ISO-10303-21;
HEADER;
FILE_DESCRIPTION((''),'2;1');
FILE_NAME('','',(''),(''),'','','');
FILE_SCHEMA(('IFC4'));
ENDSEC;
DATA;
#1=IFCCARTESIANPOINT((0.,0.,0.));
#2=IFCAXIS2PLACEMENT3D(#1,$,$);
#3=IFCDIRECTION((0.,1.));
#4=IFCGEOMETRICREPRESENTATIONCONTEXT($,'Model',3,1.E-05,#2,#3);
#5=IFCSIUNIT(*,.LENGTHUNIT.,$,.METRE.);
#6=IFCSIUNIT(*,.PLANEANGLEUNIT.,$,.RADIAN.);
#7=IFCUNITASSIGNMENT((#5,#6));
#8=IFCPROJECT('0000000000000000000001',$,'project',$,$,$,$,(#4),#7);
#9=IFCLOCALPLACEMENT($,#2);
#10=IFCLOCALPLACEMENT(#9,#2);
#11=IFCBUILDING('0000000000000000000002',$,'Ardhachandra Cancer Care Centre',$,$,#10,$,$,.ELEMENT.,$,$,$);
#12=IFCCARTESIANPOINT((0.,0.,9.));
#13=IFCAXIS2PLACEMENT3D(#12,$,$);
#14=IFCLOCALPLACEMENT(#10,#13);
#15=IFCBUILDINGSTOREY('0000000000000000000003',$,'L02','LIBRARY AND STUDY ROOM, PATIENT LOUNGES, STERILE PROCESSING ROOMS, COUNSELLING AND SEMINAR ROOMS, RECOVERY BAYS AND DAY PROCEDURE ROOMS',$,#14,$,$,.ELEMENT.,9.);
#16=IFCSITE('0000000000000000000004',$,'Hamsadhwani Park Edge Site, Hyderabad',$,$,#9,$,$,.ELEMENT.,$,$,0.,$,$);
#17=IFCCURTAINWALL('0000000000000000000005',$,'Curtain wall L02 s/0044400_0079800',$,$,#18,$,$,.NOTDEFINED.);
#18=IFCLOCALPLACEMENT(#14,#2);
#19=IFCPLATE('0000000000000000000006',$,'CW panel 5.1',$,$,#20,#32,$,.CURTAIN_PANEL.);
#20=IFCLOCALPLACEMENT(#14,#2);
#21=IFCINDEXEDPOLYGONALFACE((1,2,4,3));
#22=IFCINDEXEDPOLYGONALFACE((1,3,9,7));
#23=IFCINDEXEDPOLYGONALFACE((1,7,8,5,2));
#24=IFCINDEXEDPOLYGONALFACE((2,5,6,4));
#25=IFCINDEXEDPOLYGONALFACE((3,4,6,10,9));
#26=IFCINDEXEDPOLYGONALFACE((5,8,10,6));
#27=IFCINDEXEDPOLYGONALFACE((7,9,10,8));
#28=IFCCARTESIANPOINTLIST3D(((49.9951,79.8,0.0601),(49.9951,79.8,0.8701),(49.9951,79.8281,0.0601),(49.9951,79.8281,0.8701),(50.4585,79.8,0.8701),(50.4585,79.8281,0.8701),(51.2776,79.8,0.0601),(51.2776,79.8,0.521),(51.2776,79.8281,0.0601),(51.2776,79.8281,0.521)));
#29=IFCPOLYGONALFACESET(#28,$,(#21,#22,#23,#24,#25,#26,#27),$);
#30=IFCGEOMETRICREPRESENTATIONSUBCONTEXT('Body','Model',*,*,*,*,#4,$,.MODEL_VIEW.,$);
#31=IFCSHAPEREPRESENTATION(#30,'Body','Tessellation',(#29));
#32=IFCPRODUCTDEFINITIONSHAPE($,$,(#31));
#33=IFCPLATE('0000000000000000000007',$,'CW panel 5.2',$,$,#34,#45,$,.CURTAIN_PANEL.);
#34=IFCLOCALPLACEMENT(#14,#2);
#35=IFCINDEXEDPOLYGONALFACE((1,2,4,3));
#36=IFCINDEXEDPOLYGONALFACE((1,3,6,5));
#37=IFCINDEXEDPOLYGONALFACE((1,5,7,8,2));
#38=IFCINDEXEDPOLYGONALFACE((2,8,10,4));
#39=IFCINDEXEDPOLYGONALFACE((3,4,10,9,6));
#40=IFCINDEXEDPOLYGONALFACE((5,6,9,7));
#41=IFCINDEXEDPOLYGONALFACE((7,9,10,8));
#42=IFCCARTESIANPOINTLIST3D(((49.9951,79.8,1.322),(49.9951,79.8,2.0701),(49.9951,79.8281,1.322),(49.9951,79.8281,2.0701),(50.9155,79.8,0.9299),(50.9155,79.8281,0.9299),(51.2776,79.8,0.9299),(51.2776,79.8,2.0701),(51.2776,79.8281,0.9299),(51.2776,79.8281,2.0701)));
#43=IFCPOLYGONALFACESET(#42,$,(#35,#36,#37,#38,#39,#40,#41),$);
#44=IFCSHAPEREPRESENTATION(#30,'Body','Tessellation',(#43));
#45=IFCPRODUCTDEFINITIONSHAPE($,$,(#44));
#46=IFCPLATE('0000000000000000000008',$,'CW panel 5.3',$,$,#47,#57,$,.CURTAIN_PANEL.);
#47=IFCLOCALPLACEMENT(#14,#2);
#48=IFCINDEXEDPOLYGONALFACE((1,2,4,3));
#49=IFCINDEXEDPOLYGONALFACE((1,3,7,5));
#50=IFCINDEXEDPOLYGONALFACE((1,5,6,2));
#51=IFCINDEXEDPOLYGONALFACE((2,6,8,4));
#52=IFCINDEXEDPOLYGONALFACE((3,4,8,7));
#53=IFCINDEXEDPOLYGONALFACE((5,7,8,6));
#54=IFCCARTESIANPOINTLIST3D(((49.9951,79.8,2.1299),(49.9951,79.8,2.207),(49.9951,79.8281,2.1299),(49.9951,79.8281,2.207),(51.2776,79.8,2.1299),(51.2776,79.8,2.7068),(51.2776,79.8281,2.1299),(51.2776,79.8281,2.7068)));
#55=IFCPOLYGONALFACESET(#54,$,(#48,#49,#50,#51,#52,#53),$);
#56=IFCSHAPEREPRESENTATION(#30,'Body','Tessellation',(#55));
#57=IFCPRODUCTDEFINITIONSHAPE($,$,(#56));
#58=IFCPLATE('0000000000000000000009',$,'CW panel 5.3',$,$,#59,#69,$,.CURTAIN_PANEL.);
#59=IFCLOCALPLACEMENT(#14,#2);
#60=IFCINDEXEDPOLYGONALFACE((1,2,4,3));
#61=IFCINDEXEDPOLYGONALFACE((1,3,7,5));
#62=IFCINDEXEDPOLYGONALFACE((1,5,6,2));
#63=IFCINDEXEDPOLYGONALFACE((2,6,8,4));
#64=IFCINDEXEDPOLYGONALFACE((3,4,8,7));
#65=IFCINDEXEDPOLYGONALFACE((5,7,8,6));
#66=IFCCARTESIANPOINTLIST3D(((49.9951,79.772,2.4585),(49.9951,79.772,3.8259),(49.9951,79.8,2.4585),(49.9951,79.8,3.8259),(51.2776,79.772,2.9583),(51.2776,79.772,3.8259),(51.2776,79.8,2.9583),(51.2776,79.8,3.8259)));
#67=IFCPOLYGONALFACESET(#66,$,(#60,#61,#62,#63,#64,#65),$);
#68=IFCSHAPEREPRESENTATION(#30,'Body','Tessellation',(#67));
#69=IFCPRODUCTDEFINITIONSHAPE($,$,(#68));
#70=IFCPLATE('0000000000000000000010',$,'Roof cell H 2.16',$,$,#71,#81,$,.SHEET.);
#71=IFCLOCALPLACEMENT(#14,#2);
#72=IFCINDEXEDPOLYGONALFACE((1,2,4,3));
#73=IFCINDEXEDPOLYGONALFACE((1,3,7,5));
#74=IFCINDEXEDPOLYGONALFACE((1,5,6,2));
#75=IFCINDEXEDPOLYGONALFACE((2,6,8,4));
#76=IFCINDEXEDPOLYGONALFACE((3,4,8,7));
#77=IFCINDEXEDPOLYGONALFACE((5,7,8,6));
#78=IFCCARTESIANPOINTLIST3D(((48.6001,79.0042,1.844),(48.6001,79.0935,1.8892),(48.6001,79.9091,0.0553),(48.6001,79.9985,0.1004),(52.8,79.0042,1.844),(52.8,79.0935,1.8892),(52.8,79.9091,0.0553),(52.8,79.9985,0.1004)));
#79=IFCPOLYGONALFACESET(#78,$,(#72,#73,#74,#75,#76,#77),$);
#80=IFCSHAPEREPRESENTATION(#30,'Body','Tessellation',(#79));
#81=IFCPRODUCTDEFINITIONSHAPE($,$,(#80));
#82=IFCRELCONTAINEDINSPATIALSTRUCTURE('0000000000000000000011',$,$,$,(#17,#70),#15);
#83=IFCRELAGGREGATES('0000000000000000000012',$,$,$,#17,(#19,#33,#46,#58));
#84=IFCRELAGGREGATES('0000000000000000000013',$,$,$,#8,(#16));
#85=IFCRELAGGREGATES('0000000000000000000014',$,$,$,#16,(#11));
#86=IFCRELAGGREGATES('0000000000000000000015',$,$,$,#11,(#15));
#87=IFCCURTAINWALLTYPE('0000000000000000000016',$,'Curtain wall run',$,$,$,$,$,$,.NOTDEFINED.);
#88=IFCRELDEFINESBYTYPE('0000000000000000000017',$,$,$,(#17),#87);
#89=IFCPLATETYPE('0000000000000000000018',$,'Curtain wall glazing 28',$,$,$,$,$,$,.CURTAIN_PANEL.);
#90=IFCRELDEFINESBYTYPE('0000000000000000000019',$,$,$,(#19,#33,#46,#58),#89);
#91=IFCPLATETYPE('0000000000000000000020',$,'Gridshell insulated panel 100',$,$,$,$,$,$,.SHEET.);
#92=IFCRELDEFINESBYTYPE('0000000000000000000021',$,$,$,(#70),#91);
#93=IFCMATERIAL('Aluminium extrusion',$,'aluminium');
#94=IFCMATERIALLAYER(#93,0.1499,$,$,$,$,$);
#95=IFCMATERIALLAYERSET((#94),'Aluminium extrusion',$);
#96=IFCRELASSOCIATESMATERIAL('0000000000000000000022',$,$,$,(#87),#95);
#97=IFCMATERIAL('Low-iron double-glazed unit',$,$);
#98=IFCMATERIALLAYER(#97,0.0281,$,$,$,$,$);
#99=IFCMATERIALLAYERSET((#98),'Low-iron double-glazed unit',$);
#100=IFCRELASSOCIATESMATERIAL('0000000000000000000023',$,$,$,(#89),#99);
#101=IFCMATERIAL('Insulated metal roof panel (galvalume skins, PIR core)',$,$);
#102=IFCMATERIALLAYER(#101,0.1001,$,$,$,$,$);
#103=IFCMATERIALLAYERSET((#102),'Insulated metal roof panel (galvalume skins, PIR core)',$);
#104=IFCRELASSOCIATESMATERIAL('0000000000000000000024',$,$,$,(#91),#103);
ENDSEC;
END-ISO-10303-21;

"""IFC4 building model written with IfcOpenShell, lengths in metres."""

from ifc_helpers import new_model, si_unit, direction, frame, origin, place, context, subcontext, project, spatial, polyline, outline, extrude, material, layer, layer_set, type_object, element, aggregate, save


model = new_model("IFC4")

# Units and contexts
model_context = context("Model", 3, precision=1e-05, world=origin(), true_north=direction((0.0, 1.0)))
body_context = subcontext(model_context, "Body", "Model", "MODEL_VIEW")
ifc_project = project(units=[si_unit("LENGTHUNIT", "METRE"), si_unit("PLANEANGLEUNIT", "RADIAN")], contexts=[model_context])

# Site, building, storey
site_placement = place(None, origin())
site = spatial("IfcSite", under=ifc_project, at=site_placement, Name="Hamsadhwani Park Edge Site, Hyderabad", CompositionType="ELEMENT", RefElevation=0.0)
building_placement = place(site_placement, origin())
building = spatial("IfcBuilding", under=site, at=building_placement, Name="Ardhachandra Cancer Care Centre", CompositionType="ELEMENT")
storey_placement = place(building_placement, frame((0.0, 0.0, 9.0)))
storey = spatial("IfcBuildingStorey", under=building, at=storey_placement, Name="L02", Description="LIBRARY AND STUDY ROOM, PATIENT LOUNGES, STERILE PROCESSING ROOMS, COUNSELLING AND SEMINAR ROOMS, RECOVERY BAYS AND DAY PROCEDURE ROOMS", CompositionType="ELEMENT", Elevation=9.0)

# Curtain wall
ifc_material_1 = material(Name="Aluminium extrusion", Category="aluminium")
ifc_layer_1 = layer(ifc_material_1, 0.1499)
ifc_layer_set_1 = layer_set([ifc_layer_1], Name="Aluminium extrusion")
curtain_wall_type = type_object("IfcCurtainWallType", Name="Curtain wall run", PredefinedType="NOTDEFINED", material=ifc_layer_set_1)
curtain_wall_placement = place(storey_placement, origin())
curtain_wall = element("IfcCurtainWall", 1, at=curtain_wall_placement, inside=storey, type_object=curtain_wall_type, Name="Curtain wall L02 s/0044400_0079800", PredefinedType="NOTDEFINED")

# Plates
ifc_material_2 = material(Name="Low-iron double-glazed unit")
ifc_layer_2 = layer(ifc_material_2, 0.0281)
ifc_layer_set_2 = layer_set([ifc_layer_2], Name="Low-iron double-glazed unit")
plate_type_1 = type_object("IfcPlateType", Name="Curtain wall glazing 28", PredefinedType="CURTAIN_PANEL", material=ifc_layer_set_2)
plate_1_placement = place(storey_placement, frame((51.2776, 79.8, 0.0601), z_axis=(0.0, 1.0, 0.0), x_axis=(-1.0, 0.0, 0.0)))
plate_1 = element("IfcPlate", 2, at=plate_1_placement, type_object=plate_type_1, Name="CW panel 5.1", PredefinedType="CURTAIN_PANEL", context=body_context, shape_type="SweptSolid", body=[
    extrude(outline(polyline([(0.0, 0.0), (1.2825, 0.0), (1.2825, 0.8101), (0.8191, 0.8101), (0.0, 0.4609), (0.0, 0.0)])), origin(), (0.0, 0.0, 1.0), 0.0281),
])
plate_2_placement = place(storey_placement, frame((49.9951, 79.8, 2.0701), z_axis=(0.0, 1.0, 0.0), x_axis=(1.0, 0.0, 0.0)))
plate_2 = element("IfcPlate", 3, at=plate_2_placement, type_object=plate_type_1, Name="CW panel 5.2", PredefinedType="CURTAIN_PANEL", context=body_context, shape_type="SweptSolid", body=[
    extrude(outline(polyline([(0.0, 0.0), (1.2825, 0.0), (1.2825, 1.1401), (0.9204, 1.1401), (0.0, 0.748), (0.0, 0.0)])), origin(), (0.0, 0.0, 1.0), 0.0281),
])
plate_3_placement = place(storey_placement, frame((51.2776, 79.8, 2.1299), z_axis=(0.0, 1.0, 0.0), x_axis=(-1.0, 0.0, 0.0)))
plate_3 = element("IfcPlate", 4, at=plate_3_placement, type_object=plate_type_1, Name="CW panel 5.3", PredefinedType="CURTAIN_PANEL", context=body_context, shape_type="SweptSolid", body=[
    extrude(outline(polyline([(0.0, 0.0), (1.2825, 0.0), (1.2825, 0.0771), (0.0, 0.5769), (0.0, 0.0)])), origin(), (0.0, 0.0, 1.0), 0.0281),
])
plate_4_placement = place(storey_placement, frame((49.9951, 79.8, 3.8259), z_axis=(0.0, 1.0, 0.0), x_axis=(1.0, 0.0, 0.0)))
plate_4 = element("IfcPlate", 5, at=plate_4_placement, type_object=plate_type_1, Name="CW panel 5.3", PredefinedType="CURTAIN_PANEL", context=body_context, shape_type="SweptSolid", body=[
    extrude(outline(polyline([(0.0, 0.0), (1.2825, 0.0), (1.2825, 0.8677), (0.0, 1.3674), (0.0, 0.0)])), frame((0.0, 0.0, -0.0281)), (0.0, 0.0, 1.0), 0.0281),
])
aggregate(curtain_wall, [plate_1, plate_2, plate_3, plate_4])
ifc_material_3 = material(Name="Insulated metal roof panel (galvalume skins, PIR core)")
ifc_layer_3 = layer(ifc_material_3, 0.1001)
ifc_layer_set_3 = layer_set([ifc_layer_3], Name="Insulated metal roof panel (galvalume skins, PIR core)")
plate_type_2 = type_object("IfcPlateType", Name="Gridshell insulated panel 100", PredefinedType="SHEET", material=ifc_layer_set_3)
plate_5_placement = place(storey_placement, frame((48.6001, 79.0042, 1.844), z_axis=(0.0, 0.892298, 0.451447), x_axis=(1.0, 0.0, 0.0)))
element("IfcPlate", 6, at=plate_5_placement, inside=storey, type_object=plate_type_2, Name="Roof cell H 2.16", PredefinedType="SHEET", context=body_context, shape_type="SweptSolid", body=[
    extrude(outline(polyline([(0.0, 0.0), (4.2, 0.0), (4.2, 2.0046), (0.0, 2.0046), (0.0, 0.0)])), origin(), (0.0, 0.0, 1.0), 0.1001),
])

save(model, "model.ifc")
